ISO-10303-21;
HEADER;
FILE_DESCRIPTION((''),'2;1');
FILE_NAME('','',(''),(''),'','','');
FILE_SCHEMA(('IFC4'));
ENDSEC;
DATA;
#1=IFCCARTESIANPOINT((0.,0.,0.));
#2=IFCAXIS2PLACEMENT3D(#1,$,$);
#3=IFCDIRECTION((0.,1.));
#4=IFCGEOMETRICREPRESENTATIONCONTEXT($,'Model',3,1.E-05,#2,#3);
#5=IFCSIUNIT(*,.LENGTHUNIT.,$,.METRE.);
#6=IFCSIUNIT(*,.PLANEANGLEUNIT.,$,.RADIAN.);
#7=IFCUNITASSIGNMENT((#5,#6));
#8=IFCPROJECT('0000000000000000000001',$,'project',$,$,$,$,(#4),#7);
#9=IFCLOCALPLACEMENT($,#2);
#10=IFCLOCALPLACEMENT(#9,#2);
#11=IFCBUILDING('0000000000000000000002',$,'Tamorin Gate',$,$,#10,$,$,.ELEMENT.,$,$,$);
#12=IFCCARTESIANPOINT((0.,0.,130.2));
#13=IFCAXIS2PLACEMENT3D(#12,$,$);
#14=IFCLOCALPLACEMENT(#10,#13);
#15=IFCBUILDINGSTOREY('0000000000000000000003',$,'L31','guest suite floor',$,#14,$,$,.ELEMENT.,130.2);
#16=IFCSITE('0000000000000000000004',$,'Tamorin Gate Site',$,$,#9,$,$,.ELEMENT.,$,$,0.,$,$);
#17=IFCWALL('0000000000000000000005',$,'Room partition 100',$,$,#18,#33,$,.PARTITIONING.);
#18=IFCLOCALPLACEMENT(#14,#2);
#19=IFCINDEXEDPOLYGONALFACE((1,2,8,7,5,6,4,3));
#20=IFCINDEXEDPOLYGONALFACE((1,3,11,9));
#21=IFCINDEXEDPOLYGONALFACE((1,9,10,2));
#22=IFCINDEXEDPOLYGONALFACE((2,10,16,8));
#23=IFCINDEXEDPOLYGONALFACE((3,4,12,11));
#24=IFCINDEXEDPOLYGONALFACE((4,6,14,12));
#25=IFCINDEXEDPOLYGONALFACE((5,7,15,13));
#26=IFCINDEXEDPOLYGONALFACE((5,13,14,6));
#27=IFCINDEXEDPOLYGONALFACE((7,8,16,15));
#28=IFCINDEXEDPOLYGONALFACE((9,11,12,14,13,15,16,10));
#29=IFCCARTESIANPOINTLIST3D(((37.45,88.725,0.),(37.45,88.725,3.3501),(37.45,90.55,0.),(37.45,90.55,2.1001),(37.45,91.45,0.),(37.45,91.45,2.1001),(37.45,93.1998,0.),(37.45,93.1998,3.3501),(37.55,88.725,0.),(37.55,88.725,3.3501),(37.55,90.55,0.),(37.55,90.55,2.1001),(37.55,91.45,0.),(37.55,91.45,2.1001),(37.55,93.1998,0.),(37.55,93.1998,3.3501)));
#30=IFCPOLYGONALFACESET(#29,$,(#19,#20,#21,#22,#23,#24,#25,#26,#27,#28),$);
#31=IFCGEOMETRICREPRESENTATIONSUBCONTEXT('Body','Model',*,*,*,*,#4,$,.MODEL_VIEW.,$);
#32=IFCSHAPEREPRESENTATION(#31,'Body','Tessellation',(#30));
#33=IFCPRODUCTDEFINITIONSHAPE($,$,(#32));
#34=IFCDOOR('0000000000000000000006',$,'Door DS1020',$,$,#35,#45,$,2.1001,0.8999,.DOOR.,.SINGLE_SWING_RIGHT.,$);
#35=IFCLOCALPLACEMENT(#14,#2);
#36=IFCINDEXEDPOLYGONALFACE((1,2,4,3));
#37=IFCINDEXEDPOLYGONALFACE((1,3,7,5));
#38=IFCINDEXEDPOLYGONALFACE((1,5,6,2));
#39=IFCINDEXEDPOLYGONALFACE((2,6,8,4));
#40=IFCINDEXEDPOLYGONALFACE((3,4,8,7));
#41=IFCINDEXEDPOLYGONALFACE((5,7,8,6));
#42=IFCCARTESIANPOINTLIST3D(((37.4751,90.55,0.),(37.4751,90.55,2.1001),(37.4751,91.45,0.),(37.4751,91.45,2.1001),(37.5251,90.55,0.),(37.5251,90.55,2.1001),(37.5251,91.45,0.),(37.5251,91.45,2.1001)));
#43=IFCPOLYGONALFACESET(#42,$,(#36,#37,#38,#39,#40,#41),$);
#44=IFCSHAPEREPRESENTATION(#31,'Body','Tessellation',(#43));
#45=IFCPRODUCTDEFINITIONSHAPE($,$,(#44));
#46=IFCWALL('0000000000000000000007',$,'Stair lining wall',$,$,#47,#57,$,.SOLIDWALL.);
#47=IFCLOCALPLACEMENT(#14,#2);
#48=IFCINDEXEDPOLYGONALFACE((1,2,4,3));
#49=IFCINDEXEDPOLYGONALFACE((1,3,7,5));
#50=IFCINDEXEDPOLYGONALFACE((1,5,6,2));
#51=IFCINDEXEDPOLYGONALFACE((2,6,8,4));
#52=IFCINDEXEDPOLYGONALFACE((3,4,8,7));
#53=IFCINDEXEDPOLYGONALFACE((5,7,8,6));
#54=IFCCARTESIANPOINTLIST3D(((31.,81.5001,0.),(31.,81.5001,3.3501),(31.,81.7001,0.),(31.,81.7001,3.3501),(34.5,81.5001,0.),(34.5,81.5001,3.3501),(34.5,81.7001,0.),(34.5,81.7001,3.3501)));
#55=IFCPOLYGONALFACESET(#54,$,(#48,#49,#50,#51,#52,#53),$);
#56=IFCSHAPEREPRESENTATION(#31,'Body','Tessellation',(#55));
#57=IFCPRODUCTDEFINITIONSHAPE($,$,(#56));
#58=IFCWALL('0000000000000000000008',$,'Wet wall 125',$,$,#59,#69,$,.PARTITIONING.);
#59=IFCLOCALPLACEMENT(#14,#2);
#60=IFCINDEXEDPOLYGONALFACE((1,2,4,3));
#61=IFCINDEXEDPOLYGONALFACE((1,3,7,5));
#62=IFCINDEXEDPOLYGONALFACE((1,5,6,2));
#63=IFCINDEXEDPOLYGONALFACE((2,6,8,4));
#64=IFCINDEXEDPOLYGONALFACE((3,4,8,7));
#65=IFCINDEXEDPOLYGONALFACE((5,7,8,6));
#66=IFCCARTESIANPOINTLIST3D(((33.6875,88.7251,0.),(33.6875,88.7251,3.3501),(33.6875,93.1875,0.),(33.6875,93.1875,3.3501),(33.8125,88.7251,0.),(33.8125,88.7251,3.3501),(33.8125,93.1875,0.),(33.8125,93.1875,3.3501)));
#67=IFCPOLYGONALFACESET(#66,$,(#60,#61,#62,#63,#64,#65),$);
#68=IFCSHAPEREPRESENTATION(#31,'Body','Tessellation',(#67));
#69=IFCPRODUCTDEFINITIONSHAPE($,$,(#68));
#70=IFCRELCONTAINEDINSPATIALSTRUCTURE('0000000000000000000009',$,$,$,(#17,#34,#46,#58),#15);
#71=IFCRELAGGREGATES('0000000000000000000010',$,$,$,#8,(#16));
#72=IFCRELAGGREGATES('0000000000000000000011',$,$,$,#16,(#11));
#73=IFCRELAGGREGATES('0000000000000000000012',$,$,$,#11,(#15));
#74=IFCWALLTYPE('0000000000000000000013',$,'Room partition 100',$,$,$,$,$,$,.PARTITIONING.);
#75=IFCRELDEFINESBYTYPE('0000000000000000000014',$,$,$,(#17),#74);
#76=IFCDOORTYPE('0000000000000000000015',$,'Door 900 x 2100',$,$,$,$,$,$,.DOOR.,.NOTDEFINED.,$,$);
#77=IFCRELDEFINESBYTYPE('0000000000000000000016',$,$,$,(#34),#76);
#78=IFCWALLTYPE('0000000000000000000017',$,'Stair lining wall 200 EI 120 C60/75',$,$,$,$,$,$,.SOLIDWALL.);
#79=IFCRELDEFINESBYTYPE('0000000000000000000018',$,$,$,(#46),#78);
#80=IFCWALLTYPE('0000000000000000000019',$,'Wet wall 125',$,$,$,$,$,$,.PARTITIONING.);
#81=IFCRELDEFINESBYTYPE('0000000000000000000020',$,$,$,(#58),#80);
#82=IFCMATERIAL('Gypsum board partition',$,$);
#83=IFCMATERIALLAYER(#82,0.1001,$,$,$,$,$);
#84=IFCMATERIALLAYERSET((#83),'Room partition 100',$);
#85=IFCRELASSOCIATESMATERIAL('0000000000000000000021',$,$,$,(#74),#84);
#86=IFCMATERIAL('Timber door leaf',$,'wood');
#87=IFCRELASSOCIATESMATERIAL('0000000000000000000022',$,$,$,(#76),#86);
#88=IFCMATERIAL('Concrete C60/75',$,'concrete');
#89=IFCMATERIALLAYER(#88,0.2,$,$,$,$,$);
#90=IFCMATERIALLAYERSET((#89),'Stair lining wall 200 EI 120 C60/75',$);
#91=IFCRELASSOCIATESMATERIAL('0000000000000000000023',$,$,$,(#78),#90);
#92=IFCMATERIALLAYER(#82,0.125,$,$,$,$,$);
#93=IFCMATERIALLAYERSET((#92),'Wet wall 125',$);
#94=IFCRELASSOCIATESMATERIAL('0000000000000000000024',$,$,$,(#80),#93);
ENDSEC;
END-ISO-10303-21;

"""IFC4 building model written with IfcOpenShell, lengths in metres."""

from ifc_helpers import new_model, si_unit, direction, frame, frame_2d, origin, place, context, subcontext, project, spatial, rectangle, extrude, material, layer, layer_set, type_object, element, fill, save


model = new_model("IFC4")

# Units and contexts
model_context = context("Model", 3, precision=1e-05, world=origin(), true_north=direction((0.0, 1.0)))
body_context = subcontext(model_context, "Body", "Model", "MODEL_VIEW")
ifc_project = project(units=[si_unit("LENGTHUNIT", "METRE"), si_unit("PLANEANGLEUNIT", "RADIAN")], contexts=[model_context])

# Site, building, storey
site_placement = place(None, origin())
site = spatial("IfcSite", under=ifc_project, at=site_placement, Name="Tamorin Gate Site", CompositionType="ELEMENT", RefElevation=0.0)
building_placement = place(site_placement, origin())
building = spatial("IfcBuilding", under=site, at=building_placement, Name="Tamorin Gate", CompositionType="ELEMENT")
storey_placement = place(building_placement, frame((0.0, 0.0, 130.2)))
storey = spatial("IfcBuildingStorey", under=building, at=storey_placement, Name="L31", Description="guest suite floor", CompositionType="ELEMENT", Elevation=130.2)

# Shared definitions
ifc_material_1 = material(Name="Gypsum board partition")
ifc_material_2 = material(Name="Timber door leaf", Category="wood")

# Shared definitions
ifc_material_3 = material(Name="Concrete C60/75", Category="concrete")

# Wall, opening, door
ifc_layer_1 = layer(ifc_material_1, 0.1001)
ifc_layer_set_1 = layer_set([ifc_layer_1], Name="Room partition 100")
wall_type_1 = type_object("IfcWallType", Name="Room partition 100", PredefinedType="PARTITIONING", material=ifc_layer_set_1)
wall_1_placement = place(storey_placement, frame((37.5, 88.7251, 0.0), z_axis=(0.0, 0.0, 1.0), x_axis=(0.0, 1.0, 0.0)))
wall_1 = element("IfcWall", 1, at=wall_1_placement, inside=storey, type_object=wall_type_1, Name="Room partition 100", PredefinedType="PARTITIONING", context=body_context, shape_type="SweptSolid", body=[
    extrude(rectangle(XDim=4.4749, YDim=0.1001, at=frame_2d((2.2373, 0.0))), origin(), (0.0, 0.0, 1.0), 3.3501),
])
opening_1_placement = place(wall_1_placement, frame((1.825, 0.0, 0.0)))
opening_1 = element("IfcOpeningElement", 2, at=opening_1_placement, cuts=wall_1, PredefinedType="OPENING", context=body_context, shape_type="SweptSolid", body=[
    extrude(rectangle(XDim=0.8999, YDim=2.1001, at=frame_2d((0.45, 1.05))), frame((0.0, 0.0601, 0.0), z_axis=(0.0, -1.0, 0.0), x_axis=(1.0, 0.0, 0.0)), (0.0, 0.0, 1.0), 0.1201),
])
door_type_1 = type_object("IfcDoorType", Name="Door 900 x 2100", OperationType="NOTDEFINED", PredefinedType="DOOR", material=ifc_material_2)
door_1_placement = place(opening_1_placement, origin())
door_1 = element("IfcDoor", 3, at=door_1_placement, inside=storey, type_object=door_type_1, Name="Door DS1020", OperationType="SINGLE_SWING_RIGHT", OverallHeight=2.1001, OverallWidth=0.8999, PredefinedType="DOOR", context=body_context, shape_type="SweptSolid", body=[
    extrude(rectangle(XDim=0.8999, YDim=2.1001, at=frame_2d((0.45, 1.05))), frame((0.0, 0.0249, 0.0), z_axis=(0.0, -1.0, 0.0), x_axis=(1.0, 0.0, 0.0)), (0.0, 0.0, 1.0), 0.05),
])
fill(opening_1, door_1)

# Walls
ifc_layer_2 = layer(ifc_material_3, 0.2)
ifc_layer_set_2 = layer_set([ifc_layer_2], Name="Stair lining wall 200 EI 120 C60/75")
wall_type_2 = type_object("IfcWallType", Name="Stair lining wall 200 EI 120 C60/75", PredefinedType="SOLIDWALL", material=ifc_layer_set_2)
wall_2_placement = place(storey_placement, frame((31.0, 81.6001, 0.0), z_axis=(0.0, 0.0, 1.0), x_axis=(1.0, 0.0, 0.0)))
element("IfcWall", 4, at=wall_2_placement, inside=storey, type_object=wall_type_2, Name="Stair lining wall", PredefinedType="SOLIDWALL", context=body_context, shape_type="SweptSolid", body=[
    extrude(rectangle(XDim=3.5, YDim=0.2, at=frame_2d((1.75, 0.0))), origin(), (0.0, 0.0, 1.0), 3.3501),
])
ifc_layer_3 = layer(ifc_material_1, 0.125)
ifc_layer_set_3 = layer_set([ifc_layer_3], Name="Wet wall 125")
wall_type_3 = type_object("IfcWallType", Name="Wet wall 125", PredefinedType="PARTITIONING", material=ifc_layer_set_3)
wall_3_placement = place(storey_placement, frame((33.75, 88.7251, 0.0), z_axis=(0.0, 0.0, 1.0), x_axis=(0.0, 1.0, 0.0)))
element("IfcWall", 5, at=wall_3_placement, inside=storey, type_object=wall_type_3, Name="Wet wall 125", PredefinedType="PARTITIONING", context=body_context, shape_type="SweptSolid", body=[
    extrude(rectangle(XDim=4.4624, YDim=0.125, at=frame_2d((2.2312, 0.0))), origin(), (0.0, 0.0, 1.0), 3.3501),
])

save(model, "model.ifc")
